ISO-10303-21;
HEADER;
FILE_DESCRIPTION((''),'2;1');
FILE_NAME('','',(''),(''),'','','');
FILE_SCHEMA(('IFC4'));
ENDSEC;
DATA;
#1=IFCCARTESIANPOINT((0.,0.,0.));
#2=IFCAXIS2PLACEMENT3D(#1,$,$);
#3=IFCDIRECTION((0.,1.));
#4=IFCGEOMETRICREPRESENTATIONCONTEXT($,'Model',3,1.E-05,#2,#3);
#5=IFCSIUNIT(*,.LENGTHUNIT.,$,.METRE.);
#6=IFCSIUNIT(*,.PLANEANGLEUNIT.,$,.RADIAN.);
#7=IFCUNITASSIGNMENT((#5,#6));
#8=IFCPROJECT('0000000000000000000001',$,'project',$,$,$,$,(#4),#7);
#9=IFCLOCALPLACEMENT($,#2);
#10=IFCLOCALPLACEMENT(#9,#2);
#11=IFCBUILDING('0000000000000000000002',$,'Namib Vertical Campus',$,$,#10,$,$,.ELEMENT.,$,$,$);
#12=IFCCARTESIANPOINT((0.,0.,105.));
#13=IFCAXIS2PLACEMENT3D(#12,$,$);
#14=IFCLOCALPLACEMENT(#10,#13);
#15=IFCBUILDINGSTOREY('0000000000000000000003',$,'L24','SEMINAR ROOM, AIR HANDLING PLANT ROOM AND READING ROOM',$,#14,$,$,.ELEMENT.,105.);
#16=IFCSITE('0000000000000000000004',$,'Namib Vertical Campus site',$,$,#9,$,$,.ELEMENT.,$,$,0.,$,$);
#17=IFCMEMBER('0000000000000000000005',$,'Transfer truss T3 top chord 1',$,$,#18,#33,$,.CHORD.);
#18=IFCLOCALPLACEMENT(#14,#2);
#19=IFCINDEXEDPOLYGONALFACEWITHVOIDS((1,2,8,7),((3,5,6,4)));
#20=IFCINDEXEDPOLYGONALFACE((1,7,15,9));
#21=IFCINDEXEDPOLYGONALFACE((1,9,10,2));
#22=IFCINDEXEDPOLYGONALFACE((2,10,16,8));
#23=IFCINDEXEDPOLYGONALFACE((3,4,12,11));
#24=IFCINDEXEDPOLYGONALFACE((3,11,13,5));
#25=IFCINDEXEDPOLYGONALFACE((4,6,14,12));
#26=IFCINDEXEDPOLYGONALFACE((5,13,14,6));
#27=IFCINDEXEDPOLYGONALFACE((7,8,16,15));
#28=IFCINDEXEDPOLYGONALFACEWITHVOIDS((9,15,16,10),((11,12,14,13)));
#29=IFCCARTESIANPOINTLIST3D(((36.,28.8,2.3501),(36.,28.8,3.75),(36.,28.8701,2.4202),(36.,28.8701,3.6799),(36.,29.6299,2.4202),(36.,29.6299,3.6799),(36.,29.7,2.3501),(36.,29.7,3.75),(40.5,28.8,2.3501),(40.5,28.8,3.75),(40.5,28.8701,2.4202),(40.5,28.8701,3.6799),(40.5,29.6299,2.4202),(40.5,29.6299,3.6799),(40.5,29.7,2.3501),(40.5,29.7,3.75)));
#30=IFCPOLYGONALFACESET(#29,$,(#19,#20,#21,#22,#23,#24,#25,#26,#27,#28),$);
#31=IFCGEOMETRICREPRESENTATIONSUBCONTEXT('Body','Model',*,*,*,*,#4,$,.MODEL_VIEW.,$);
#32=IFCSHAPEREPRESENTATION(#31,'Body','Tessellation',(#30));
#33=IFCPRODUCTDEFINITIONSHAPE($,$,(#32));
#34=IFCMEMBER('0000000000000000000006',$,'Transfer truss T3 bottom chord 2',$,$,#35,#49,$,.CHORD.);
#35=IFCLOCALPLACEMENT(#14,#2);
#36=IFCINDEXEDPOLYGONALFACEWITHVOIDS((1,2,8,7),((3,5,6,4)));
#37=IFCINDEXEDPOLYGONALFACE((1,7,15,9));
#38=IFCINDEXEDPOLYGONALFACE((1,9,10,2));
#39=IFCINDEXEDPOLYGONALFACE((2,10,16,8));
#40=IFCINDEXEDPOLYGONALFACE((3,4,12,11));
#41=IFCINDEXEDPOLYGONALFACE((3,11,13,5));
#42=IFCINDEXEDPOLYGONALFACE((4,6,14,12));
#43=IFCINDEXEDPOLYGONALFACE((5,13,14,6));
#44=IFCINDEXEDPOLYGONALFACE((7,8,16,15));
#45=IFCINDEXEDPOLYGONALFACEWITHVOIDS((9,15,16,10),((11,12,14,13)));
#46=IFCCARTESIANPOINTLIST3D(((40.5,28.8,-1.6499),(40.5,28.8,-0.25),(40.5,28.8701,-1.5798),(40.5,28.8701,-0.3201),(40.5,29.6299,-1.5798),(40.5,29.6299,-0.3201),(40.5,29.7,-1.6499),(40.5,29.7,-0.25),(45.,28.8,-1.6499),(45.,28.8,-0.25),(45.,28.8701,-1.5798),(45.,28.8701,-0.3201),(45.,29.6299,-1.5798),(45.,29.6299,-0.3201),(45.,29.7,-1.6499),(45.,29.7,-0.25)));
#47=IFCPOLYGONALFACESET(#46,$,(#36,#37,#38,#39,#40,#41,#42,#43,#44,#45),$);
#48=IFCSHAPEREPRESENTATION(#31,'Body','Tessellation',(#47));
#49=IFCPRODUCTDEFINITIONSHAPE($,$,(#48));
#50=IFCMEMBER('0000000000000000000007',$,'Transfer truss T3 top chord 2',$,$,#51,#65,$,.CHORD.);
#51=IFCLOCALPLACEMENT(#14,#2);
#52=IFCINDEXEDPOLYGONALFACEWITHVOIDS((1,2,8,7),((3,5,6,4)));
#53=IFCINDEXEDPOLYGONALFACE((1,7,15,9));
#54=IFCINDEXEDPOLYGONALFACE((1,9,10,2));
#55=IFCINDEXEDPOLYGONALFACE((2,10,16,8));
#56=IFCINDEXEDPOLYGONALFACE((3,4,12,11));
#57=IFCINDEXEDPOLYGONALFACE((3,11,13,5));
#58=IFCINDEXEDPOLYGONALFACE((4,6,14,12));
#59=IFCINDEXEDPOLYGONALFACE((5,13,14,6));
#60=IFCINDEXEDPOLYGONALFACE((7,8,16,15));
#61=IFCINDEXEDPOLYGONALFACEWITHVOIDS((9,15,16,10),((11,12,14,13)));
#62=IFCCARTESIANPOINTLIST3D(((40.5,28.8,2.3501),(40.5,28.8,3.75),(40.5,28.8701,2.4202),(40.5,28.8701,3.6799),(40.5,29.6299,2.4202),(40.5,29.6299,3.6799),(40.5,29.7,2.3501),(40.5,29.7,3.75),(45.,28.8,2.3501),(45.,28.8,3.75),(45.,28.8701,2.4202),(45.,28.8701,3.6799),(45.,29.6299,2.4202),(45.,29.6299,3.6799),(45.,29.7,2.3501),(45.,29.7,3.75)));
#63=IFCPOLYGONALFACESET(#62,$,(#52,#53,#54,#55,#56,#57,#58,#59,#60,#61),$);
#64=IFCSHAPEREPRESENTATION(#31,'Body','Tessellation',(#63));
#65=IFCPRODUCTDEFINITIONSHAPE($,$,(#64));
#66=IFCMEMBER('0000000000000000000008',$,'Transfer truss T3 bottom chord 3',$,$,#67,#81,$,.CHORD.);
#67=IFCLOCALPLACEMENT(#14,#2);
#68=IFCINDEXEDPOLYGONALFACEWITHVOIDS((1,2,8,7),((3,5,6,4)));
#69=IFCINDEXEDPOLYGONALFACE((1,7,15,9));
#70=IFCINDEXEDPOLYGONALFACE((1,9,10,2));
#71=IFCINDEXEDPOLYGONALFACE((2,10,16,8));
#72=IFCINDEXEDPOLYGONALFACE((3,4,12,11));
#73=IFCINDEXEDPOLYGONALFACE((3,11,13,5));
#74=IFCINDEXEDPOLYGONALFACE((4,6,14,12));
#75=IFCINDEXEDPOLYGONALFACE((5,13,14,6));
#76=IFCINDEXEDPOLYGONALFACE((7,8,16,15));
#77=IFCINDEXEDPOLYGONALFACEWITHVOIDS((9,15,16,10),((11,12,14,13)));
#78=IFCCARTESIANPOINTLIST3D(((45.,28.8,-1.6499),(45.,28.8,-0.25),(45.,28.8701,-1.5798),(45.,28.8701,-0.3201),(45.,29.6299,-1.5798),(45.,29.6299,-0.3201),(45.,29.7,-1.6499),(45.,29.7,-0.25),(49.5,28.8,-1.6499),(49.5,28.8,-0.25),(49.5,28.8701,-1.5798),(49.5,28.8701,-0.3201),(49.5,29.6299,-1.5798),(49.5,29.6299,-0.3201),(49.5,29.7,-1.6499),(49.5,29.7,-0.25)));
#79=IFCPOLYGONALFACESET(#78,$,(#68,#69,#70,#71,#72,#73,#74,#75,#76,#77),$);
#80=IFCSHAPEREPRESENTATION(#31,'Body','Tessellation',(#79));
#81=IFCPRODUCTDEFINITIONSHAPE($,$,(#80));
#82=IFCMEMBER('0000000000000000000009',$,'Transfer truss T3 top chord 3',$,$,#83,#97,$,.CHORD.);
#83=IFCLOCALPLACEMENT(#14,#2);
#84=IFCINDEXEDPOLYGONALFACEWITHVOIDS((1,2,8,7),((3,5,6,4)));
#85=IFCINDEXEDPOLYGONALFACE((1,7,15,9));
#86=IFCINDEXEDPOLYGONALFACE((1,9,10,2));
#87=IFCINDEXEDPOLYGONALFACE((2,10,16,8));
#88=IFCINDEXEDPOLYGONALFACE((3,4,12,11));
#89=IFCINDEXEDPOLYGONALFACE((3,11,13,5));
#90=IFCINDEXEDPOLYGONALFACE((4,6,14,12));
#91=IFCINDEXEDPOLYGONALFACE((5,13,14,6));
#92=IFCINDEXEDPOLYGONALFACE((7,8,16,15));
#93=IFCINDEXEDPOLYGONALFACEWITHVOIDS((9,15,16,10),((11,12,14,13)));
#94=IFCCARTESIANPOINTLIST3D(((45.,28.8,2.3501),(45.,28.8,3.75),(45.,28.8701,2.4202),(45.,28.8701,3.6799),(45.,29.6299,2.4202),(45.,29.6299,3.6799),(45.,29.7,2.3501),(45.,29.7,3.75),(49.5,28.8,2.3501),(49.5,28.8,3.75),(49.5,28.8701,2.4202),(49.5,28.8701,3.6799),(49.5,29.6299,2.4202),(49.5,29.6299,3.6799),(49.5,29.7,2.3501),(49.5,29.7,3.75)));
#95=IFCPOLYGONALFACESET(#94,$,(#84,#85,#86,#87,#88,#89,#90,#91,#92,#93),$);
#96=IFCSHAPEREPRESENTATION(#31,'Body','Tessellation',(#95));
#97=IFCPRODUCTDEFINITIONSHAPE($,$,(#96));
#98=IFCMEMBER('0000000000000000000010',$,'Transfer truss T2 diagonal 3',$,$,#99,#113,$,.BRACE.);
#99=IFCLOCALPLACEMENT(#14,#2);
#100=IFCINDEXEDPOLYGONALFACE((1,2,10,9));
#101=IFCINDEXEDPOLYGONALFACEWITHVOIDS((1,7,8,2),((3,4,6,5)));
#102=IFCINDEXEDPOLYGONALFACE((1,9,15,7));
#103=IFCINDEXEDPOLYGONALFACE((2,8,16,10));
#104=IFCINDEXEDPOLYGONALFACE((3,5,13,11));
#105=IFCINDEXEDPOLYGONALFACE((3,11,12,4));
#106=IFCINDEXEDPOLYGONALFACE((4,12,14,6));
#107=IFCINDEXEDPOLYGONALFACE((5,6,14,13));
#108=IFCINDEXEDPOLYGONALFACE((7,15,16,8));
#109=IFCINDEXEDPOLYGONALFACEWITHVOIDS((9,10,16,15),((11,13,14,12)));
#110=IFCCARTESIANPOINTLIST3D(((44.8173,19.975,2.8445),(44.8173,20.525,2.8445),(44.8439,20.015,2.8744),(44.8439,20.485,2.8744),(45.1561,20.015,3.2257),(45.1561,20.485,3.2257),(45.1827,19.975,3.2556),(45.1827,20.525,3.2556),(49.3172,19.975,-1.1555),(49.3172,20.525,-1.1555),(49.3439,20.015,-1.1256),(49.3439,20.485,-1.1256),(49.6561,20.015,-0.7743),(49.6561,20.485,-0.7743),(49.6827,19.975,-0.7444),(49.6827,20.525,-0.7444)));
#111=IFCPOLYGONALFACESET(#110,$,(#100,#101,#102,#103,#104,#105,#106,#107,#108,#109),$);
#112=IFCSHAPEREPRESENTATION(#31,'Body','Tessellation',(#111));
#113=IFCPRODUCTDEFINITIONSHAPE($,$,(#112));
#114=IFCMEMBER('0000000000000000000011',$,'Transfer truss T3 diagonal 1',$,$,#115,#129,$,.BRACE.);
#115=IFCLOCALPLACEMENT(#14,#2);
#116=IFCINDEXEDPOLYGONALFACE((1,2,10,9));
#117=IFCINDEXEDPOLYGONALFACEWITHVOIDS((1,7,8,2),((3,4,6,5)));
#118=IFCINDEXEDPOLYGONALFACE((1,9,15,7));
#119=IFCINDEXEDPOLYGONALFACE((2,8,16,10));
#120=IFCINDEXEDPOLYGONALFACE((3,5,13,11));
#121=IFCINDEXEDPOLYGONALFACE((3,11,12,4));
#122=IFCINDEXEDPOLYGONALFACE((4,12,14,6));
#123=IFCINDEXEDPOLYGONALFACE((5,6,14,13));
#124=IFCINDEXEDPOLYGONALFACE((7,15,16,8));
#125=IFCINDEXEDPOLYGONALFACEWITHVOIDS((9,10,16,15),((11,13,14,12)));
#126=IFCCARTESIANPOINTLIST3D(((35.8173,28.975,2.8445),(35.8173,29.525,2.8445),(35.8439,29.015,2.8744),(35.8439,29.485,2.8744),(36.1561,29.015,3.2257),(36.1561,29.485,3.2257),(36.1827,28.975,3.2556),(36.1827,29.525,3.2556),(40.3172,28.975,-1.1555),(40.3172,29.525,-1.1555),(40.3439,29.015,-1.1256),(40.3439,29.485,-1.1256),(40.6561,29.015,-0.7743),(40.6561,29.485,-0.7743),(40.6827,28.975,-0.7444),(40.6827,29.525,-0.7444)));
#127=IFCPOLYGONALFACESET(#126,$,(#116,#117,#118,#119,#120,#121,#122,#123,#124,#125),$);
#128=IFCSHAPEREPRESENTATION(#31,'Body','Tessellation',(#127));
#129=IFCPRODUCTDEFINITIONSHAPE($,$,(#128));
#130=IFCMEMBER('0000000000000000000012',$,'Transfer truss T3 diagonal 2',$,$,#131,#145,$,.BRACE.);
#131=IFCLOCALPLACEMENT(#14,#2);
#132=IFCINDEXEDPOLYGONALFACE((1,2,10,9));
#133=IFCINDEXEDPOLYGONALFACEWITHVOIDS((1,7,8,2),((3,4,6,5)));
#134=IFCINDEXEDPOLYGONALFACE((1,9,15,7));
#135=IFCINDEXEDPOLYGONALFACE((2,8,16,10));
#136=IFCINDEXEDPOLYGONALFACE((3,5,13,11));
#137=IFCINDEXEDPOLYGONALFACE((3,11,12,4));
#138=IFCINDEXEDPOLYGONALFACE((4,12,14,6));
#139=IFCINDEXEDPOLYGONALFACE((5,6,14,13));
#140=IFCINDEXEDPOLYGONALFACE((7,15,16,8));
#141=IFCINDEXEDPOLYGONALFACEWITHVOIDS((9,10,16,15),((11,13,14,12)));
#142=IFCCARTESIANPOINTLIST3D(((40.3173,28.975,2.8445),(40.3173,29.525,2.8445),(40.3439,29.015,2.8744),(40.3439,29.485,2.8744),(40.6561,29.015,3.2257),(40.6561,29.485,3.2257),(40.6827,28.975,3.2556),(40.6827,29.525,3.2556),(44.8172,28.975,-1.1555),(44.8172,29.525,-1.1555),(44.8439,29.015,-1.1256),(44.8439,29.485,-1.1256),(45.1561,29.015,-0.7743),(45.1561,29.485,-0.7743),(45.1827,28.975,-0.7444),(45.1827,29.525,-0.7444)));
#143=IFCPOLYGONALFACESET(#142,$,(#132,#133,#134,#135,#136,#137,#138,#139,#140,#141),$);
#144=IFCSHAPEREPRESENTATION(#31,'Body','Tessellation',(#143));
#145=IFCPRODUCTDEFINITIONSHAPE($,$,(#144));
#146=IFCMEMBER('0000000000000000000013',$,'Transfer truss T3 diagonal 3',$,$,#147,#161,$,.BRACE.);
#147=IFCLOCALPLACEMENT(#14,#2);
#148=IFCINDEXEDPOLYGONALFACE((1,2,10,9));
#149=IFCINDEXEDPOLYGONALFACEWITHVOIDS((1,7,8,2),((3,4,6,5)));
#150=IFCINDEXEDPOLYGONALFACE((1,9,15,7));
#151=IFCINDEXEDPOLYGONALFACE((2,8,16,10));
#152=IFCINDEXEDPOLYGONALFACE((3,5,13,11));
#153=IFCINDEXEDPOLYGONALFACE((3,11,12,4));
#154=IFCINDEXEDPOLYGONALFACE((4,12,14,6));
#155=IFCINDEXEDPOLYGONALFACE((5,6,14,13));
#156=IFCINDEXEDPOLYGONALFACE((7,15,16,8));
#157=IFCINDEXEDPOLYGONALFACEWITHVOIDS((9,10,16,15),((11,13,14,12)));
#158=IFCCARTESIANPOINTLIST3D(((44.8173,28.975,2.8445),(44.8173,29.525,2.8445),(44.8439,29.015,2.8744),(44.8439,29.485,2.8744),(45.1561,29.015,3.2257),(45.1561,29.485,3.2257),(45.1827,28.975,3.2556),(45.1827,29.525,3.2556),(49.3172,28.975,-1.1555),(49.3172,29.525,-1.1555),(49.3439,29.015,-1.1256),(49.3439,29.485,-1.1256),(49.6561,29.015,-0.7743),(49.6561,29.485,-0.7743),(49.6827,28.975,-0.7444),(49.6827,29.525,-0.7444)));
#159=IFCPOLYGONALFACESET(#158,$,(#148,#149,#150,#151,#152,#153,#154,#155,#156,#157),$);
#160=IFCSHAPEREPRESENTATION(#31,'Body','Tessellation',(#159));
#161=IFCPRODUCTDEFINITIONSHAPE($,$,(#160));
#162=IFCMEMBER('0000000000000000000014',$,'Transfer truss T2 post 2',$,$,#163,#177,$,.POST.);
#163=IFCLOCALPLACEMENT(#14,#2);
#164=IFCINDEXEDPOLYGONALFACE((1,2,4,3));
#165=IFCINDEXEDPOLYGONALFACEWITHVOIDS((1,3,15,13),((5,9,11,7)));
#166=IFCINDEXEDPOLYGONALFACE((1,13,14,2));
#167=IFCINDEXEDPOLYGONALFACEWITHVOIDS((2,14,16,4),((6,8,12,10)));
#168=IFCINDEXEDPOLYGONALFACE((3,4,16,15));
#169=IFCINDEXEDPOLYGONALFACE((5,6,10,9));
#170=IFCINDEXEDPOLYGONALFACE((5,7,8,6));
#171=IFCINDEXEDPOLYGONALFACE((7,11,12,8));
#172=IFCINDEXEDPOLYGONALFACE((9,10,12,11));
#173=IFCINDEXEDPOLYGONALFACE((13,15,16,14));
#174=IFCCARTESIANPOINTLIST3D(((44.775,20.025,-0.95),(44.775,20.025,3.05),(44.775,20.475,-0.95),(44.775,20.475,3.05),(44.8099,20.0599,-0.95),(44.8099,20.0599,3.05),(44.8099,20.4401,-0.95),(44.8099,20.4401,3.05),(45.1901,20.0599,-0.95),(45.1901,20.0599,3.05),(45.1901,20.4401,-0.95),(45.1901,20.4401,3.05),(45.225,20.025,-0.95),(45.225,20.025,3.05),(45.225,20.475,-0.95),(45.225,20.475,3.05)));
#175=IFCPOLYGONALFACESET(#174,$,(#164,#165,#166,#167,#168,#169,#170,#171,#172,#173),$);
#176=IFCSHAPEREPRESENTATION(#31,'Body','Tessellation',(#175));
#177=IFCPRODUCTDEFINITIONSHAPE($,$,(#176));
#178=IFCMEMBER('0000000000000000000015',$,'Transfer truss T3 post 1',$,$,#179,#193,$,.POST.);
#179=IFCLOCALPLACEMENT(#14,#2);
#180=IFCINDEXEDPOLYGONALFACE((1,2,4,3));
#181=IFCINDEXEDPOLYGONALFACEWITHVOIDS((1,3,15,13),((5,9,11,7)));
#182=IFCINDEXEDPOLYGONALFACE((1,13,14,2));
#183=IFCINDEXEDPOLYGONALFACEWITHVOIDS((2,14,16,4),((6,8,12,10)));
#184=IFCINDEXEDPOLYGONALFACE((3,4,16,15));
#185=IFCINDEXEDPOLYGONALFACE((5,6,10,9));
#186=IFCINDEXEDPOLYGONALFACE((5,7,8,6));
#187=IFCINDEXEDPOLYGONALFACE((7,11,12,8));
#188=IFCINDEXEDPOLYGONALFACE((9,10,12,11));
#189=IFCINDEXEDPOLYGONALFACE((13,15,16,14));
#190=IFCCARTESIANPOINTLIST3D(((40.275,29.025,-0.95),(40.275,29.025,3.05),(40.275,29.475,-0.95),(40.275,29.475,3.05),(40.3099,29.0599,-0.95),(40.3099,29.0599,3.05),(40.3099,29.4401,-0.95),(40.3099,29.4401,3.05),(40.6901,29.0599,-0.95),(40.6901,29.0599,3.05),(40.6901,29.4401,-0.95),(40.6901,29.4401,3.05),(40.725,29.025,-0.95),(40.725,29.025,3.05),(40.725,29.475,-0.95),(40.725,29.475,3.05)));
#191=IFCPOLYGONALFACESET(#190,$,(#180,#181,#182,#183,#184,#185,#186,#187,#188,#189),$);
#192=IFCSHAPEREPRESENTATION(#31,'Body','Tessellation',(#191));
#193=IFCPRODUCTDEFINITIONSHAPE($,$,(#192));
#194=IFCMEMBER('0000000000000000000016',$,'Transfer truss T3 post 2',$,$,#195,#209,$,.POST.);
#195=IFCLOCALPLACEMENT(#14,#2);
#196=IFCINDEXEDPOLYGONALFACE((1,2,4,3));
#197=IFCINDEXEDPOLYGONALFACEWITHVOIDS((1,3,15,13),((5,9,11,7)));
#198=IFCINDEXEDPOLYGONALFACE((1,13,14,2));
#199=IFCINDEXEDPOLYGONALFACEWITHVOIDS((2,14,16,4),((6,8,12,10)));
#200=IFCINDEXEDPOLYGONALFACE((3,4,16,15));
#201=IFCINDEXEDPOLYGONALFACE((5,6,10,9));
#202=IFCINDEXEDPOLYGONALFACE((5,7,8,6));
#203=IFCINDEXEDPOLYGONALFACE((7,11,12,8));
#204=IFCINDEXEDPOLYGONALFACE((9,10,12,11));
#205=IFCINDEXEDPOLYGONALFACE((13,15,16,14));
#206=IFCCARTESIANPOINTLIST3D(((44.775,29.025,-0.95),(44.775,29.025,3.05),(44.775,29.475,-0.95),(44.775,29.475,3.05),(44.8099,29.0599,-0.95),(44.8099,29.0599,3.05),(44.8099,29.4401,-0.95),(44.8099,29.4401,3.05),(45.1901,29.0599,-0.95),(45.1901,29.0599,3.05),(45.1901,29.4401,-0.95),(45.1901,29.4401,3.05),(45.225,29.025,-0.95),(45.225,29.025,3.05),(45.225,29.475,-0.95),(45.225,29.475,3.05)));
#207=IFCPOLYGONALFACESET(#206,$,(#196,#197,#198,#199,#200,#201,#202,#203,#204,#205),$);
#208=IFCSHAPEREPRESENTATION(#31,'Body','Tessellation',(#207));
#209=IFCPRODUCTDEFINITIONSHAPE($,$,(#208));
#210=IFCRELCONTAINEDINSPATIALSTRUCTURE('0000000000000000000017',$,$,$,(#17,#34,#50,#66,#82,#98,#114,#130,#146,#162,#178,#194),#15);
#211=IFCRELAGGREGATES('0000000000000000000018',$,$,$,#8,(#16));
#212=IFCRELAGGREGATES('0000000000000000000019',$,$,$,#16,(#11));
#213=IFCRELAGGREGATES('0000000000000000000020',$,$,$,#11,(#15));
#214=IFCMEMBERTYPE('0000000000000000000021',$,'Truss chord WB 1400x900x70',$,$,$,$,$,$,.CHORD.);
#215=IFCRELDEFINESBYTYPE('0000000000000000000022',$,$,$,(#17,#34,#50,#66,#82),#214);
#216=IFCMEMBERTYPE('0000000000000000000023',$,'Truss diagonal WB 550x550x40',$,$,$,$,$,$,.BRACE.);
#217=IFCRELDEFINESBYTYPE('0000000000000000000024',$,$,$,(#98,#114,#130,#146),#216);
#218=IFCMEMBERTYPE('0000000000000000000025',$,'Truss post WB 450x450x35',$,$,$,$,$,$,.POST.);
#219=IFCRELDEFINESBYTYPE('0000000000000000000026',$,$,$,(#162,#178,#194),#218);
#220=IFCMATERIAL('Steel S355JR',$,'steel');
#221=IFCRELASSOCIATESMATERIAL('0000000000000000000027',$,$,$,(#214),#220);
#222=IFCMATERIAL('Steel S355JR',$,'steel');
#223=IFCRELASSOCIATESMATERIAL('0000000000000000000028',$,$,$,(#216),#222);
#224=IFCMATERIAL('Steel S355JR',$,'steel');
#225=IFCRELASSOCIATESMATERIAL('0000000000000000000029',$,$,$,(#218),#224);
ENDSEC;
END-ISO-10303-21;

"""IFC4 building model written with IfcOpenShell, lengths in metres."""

from ifc_helpers import new_model, si_unit, direction, frame, origin, origin_2d, place, context, subcontext, project, spatial, hollow_rectangle, extrude, material, material_profile, profile_set, type_object, element, save


model = new_model("IFC4")

# Units and contexts
model_context = context("Model", 3, precision=1e-05, world=origin(), true_north=direction((0.0, 1.0)))
body_context = subcontext(model_context, "Body", "Model", "MODEL_VIEW")
ifc_project = project(units=[si_unit("LENGTHUNIT", "METRE"), si_unit("PLANEANGLEUNIT", "RADIAN")], contexts=[model_context])

# Site, building, storey
site_placement = place(None, origin())
site = spatial("IfcSite", under=ifc_project, at=site_placement, Name="Namib Vertical Campus site", CompositionType="ELEMENT", RefElevation=0.0)
building_placement = place(site_placement, origin())
building = spatial("IfcBuilding", under=site, at=building_placement, Name="Namib Vertical Campus", CompositionType="ELEMENT")
storey_placement = place(building_placement, frame((0.0, 0.0, 105.0)))
storey = spatial("IfcBuildingStorey", under=building, at=storey_placement, Name="L24", Description="SEMINAR ROOM, AIR HANDLING PLANT ROOM AND READING ROOM", CompositionType="ELEMENT", Elevation=105.0)

# Members
ifc_material_1 = material(Name="Steel S355JR", Category="steel")
ifc_material_profile_1 = material_profile(ifc_material_1, hollow_rectangle(XDim=0.8999, YDim=1.3999, WallThickness=0.0701, at=origin_2d()))
ifc_profile_set_1 = profile_set([ifc_material_profile_1], Name="Steel S355JR")
member_type_1 = type_object("IfcMemberType", Name="Truss chord WB 1400x900x70", PredefinedType="CHORD", material=ifc_profile_set_1)
for number, where, z_axis, x_axis, name in (
    (1, (36.0, 29.25, 3.05), (1.0, 0.0, 0.0), (0.0, 1.0, 0.0), "Transfer truss T3 top chord 1"),
    (2, (40.5, 29.25, -0.95), (1.0, 0.0, 0.0), (0.0, 1.0, 0.0), "Transfer truss T3 bottom chord 2"),
    (3, (40.5, 29.25, 3.05), (1.0, 0.0, 0.0), (0.0, 1.0, 0.0), "Transfer truss T3 top chord 2"),
    (4, (45.0, 29.25, -0.95), (1.0, 0.0, 0.0), (0.0, 1.0, 0.0), "Transfer truss T3 bottom chord 3"),
    (5, (45.0, 29.25, 3.05), (1.0, 0.0, 0.0), (0.0, 1.0, 0.0), "Transfer truss T3 top chord 3"),
):
    element("IfcMember", number, at=place(storey_placement, frame(where, z_axis=z_axis, x_axis=x_axis)), inside=storey, type_object=member_type_1, Name=name, PredefinedType="CHORD", context=body_context, shape_type="SweptSolid", body=[
        extrude(hollow_rectangle(XDim=0.8999, YDim=1.3999, WallThickness=0.0701, at=origin_2d()), origin(), (0.0, 0.0, 1.0), 4.5),
    ])
ifc_material_2 = material(Name="Steel S355JR", Category="steel")
ifc_material_profile_2 = material_profile(ifc_material_2, hollow_rectangle(XDim=0.55, YDim=0.55, WallThickness=0.04, at=origin_2d()))
ifc_profile_set_2 = profile_set([ifc_material_profile_2], Name="Steel S355JR")
member_type_2 = type_object("IfcMemberType", Name="Truss diagonal WB 550x550x40", PredefinedType="BRACE", material=ifc_profile_set_2)
for number, where, z_axis, x_axis, name in (
    (6, (45.0, 20.25, 3.05), (0.747409, 0.0, -0.664364), (0.0, 1.0, 0.0), "Transfer truss T2 diagonal 3"),
    (7, (36.0, 29.25, 3.05), (0.747409, 0.0, -0.664364), (0.0, 1.0, 0.0), "Transfer truss T3 diagonal 1"),
    (8, (40.5, 29.25, 3.05), (0.747409, 0.0, -0.664364), (0.0, 1.0, 0.0), "Transfer truss T3 diagonal 2"),
    (9, (45.0, 29.25, 3.05), (0.747409, 0.0, -0.664364), (0.0, 1.0, 0.0), "Transfer truss T3 diagonal 3"),
):
    element("IfcMember", number, at=place(storey_placement, frame(where, z_axis=z_axis, x_axis=x_axis)), inside=storey, type_object=member_type_2, Name=name, PredefinedType="BRACE", context=body_context, shape_type="SweptSolid", body=[
        extrude(hollow_rectangle(XDim=0.55, YDim=0.55, WallThickness=0.04, at=origin_2d()), origin(), (0.0, 0.0, 1.0), 6.0208),
    ])
ifc_material_3 = material(Name="Steel S355JR", Category="steel")
ifc_material_profile_3 = material_profile(ifc_material_3, hollow_rectangle(XDim=0.45, YDim=0.45, WallThickness=0.0349, at=origin_2d()))
ifc_profile_set_3 = profile_set([ifc_material_profile_3], Name="Steel S355JR")
member_type_3 = type_object("IfcMemberType", Name="Truss post WB 450x450x35", PredefinedType="POST", material=ifc_profile_set_3)
for number, where, z_axis, x_axis, name in (
    (10, (45.0, 20.25, -0.95), (0.0, 0.0, 1.0), (1.0, 0.0, 0.0), "Transfer truss T2 post 2"),
    (11, (40.5, 29.25, -0.95), (0.0, 0.0, 1.0), (1.0, 0.0, 0.0), "Transfer truss T3 post 1"),
    (12, (45.0, 29.25, -0.95), (0.0, 0.0, 1.0), (1.0, 0.0, 0.0), "Transfer truss T3 post 2"),
):
    element("IfcMember", number, at=place(storey_placement, frame(where, z_axis=z_axis, x_axis=x_axis)), inside=storey, type_object=member_type_3, Name=name, PredefinedType="POST", context=body_context, shape_type="SweptSolid", body=[
        extrude(hollow_rectangle(XDim=0.45, YDim=0.45, WallThickness=0.0349, at=origin_2d()), origin(), (0.0, 0.0, 1.0), 4.0),
    ])

save(model, "model.ifc")
